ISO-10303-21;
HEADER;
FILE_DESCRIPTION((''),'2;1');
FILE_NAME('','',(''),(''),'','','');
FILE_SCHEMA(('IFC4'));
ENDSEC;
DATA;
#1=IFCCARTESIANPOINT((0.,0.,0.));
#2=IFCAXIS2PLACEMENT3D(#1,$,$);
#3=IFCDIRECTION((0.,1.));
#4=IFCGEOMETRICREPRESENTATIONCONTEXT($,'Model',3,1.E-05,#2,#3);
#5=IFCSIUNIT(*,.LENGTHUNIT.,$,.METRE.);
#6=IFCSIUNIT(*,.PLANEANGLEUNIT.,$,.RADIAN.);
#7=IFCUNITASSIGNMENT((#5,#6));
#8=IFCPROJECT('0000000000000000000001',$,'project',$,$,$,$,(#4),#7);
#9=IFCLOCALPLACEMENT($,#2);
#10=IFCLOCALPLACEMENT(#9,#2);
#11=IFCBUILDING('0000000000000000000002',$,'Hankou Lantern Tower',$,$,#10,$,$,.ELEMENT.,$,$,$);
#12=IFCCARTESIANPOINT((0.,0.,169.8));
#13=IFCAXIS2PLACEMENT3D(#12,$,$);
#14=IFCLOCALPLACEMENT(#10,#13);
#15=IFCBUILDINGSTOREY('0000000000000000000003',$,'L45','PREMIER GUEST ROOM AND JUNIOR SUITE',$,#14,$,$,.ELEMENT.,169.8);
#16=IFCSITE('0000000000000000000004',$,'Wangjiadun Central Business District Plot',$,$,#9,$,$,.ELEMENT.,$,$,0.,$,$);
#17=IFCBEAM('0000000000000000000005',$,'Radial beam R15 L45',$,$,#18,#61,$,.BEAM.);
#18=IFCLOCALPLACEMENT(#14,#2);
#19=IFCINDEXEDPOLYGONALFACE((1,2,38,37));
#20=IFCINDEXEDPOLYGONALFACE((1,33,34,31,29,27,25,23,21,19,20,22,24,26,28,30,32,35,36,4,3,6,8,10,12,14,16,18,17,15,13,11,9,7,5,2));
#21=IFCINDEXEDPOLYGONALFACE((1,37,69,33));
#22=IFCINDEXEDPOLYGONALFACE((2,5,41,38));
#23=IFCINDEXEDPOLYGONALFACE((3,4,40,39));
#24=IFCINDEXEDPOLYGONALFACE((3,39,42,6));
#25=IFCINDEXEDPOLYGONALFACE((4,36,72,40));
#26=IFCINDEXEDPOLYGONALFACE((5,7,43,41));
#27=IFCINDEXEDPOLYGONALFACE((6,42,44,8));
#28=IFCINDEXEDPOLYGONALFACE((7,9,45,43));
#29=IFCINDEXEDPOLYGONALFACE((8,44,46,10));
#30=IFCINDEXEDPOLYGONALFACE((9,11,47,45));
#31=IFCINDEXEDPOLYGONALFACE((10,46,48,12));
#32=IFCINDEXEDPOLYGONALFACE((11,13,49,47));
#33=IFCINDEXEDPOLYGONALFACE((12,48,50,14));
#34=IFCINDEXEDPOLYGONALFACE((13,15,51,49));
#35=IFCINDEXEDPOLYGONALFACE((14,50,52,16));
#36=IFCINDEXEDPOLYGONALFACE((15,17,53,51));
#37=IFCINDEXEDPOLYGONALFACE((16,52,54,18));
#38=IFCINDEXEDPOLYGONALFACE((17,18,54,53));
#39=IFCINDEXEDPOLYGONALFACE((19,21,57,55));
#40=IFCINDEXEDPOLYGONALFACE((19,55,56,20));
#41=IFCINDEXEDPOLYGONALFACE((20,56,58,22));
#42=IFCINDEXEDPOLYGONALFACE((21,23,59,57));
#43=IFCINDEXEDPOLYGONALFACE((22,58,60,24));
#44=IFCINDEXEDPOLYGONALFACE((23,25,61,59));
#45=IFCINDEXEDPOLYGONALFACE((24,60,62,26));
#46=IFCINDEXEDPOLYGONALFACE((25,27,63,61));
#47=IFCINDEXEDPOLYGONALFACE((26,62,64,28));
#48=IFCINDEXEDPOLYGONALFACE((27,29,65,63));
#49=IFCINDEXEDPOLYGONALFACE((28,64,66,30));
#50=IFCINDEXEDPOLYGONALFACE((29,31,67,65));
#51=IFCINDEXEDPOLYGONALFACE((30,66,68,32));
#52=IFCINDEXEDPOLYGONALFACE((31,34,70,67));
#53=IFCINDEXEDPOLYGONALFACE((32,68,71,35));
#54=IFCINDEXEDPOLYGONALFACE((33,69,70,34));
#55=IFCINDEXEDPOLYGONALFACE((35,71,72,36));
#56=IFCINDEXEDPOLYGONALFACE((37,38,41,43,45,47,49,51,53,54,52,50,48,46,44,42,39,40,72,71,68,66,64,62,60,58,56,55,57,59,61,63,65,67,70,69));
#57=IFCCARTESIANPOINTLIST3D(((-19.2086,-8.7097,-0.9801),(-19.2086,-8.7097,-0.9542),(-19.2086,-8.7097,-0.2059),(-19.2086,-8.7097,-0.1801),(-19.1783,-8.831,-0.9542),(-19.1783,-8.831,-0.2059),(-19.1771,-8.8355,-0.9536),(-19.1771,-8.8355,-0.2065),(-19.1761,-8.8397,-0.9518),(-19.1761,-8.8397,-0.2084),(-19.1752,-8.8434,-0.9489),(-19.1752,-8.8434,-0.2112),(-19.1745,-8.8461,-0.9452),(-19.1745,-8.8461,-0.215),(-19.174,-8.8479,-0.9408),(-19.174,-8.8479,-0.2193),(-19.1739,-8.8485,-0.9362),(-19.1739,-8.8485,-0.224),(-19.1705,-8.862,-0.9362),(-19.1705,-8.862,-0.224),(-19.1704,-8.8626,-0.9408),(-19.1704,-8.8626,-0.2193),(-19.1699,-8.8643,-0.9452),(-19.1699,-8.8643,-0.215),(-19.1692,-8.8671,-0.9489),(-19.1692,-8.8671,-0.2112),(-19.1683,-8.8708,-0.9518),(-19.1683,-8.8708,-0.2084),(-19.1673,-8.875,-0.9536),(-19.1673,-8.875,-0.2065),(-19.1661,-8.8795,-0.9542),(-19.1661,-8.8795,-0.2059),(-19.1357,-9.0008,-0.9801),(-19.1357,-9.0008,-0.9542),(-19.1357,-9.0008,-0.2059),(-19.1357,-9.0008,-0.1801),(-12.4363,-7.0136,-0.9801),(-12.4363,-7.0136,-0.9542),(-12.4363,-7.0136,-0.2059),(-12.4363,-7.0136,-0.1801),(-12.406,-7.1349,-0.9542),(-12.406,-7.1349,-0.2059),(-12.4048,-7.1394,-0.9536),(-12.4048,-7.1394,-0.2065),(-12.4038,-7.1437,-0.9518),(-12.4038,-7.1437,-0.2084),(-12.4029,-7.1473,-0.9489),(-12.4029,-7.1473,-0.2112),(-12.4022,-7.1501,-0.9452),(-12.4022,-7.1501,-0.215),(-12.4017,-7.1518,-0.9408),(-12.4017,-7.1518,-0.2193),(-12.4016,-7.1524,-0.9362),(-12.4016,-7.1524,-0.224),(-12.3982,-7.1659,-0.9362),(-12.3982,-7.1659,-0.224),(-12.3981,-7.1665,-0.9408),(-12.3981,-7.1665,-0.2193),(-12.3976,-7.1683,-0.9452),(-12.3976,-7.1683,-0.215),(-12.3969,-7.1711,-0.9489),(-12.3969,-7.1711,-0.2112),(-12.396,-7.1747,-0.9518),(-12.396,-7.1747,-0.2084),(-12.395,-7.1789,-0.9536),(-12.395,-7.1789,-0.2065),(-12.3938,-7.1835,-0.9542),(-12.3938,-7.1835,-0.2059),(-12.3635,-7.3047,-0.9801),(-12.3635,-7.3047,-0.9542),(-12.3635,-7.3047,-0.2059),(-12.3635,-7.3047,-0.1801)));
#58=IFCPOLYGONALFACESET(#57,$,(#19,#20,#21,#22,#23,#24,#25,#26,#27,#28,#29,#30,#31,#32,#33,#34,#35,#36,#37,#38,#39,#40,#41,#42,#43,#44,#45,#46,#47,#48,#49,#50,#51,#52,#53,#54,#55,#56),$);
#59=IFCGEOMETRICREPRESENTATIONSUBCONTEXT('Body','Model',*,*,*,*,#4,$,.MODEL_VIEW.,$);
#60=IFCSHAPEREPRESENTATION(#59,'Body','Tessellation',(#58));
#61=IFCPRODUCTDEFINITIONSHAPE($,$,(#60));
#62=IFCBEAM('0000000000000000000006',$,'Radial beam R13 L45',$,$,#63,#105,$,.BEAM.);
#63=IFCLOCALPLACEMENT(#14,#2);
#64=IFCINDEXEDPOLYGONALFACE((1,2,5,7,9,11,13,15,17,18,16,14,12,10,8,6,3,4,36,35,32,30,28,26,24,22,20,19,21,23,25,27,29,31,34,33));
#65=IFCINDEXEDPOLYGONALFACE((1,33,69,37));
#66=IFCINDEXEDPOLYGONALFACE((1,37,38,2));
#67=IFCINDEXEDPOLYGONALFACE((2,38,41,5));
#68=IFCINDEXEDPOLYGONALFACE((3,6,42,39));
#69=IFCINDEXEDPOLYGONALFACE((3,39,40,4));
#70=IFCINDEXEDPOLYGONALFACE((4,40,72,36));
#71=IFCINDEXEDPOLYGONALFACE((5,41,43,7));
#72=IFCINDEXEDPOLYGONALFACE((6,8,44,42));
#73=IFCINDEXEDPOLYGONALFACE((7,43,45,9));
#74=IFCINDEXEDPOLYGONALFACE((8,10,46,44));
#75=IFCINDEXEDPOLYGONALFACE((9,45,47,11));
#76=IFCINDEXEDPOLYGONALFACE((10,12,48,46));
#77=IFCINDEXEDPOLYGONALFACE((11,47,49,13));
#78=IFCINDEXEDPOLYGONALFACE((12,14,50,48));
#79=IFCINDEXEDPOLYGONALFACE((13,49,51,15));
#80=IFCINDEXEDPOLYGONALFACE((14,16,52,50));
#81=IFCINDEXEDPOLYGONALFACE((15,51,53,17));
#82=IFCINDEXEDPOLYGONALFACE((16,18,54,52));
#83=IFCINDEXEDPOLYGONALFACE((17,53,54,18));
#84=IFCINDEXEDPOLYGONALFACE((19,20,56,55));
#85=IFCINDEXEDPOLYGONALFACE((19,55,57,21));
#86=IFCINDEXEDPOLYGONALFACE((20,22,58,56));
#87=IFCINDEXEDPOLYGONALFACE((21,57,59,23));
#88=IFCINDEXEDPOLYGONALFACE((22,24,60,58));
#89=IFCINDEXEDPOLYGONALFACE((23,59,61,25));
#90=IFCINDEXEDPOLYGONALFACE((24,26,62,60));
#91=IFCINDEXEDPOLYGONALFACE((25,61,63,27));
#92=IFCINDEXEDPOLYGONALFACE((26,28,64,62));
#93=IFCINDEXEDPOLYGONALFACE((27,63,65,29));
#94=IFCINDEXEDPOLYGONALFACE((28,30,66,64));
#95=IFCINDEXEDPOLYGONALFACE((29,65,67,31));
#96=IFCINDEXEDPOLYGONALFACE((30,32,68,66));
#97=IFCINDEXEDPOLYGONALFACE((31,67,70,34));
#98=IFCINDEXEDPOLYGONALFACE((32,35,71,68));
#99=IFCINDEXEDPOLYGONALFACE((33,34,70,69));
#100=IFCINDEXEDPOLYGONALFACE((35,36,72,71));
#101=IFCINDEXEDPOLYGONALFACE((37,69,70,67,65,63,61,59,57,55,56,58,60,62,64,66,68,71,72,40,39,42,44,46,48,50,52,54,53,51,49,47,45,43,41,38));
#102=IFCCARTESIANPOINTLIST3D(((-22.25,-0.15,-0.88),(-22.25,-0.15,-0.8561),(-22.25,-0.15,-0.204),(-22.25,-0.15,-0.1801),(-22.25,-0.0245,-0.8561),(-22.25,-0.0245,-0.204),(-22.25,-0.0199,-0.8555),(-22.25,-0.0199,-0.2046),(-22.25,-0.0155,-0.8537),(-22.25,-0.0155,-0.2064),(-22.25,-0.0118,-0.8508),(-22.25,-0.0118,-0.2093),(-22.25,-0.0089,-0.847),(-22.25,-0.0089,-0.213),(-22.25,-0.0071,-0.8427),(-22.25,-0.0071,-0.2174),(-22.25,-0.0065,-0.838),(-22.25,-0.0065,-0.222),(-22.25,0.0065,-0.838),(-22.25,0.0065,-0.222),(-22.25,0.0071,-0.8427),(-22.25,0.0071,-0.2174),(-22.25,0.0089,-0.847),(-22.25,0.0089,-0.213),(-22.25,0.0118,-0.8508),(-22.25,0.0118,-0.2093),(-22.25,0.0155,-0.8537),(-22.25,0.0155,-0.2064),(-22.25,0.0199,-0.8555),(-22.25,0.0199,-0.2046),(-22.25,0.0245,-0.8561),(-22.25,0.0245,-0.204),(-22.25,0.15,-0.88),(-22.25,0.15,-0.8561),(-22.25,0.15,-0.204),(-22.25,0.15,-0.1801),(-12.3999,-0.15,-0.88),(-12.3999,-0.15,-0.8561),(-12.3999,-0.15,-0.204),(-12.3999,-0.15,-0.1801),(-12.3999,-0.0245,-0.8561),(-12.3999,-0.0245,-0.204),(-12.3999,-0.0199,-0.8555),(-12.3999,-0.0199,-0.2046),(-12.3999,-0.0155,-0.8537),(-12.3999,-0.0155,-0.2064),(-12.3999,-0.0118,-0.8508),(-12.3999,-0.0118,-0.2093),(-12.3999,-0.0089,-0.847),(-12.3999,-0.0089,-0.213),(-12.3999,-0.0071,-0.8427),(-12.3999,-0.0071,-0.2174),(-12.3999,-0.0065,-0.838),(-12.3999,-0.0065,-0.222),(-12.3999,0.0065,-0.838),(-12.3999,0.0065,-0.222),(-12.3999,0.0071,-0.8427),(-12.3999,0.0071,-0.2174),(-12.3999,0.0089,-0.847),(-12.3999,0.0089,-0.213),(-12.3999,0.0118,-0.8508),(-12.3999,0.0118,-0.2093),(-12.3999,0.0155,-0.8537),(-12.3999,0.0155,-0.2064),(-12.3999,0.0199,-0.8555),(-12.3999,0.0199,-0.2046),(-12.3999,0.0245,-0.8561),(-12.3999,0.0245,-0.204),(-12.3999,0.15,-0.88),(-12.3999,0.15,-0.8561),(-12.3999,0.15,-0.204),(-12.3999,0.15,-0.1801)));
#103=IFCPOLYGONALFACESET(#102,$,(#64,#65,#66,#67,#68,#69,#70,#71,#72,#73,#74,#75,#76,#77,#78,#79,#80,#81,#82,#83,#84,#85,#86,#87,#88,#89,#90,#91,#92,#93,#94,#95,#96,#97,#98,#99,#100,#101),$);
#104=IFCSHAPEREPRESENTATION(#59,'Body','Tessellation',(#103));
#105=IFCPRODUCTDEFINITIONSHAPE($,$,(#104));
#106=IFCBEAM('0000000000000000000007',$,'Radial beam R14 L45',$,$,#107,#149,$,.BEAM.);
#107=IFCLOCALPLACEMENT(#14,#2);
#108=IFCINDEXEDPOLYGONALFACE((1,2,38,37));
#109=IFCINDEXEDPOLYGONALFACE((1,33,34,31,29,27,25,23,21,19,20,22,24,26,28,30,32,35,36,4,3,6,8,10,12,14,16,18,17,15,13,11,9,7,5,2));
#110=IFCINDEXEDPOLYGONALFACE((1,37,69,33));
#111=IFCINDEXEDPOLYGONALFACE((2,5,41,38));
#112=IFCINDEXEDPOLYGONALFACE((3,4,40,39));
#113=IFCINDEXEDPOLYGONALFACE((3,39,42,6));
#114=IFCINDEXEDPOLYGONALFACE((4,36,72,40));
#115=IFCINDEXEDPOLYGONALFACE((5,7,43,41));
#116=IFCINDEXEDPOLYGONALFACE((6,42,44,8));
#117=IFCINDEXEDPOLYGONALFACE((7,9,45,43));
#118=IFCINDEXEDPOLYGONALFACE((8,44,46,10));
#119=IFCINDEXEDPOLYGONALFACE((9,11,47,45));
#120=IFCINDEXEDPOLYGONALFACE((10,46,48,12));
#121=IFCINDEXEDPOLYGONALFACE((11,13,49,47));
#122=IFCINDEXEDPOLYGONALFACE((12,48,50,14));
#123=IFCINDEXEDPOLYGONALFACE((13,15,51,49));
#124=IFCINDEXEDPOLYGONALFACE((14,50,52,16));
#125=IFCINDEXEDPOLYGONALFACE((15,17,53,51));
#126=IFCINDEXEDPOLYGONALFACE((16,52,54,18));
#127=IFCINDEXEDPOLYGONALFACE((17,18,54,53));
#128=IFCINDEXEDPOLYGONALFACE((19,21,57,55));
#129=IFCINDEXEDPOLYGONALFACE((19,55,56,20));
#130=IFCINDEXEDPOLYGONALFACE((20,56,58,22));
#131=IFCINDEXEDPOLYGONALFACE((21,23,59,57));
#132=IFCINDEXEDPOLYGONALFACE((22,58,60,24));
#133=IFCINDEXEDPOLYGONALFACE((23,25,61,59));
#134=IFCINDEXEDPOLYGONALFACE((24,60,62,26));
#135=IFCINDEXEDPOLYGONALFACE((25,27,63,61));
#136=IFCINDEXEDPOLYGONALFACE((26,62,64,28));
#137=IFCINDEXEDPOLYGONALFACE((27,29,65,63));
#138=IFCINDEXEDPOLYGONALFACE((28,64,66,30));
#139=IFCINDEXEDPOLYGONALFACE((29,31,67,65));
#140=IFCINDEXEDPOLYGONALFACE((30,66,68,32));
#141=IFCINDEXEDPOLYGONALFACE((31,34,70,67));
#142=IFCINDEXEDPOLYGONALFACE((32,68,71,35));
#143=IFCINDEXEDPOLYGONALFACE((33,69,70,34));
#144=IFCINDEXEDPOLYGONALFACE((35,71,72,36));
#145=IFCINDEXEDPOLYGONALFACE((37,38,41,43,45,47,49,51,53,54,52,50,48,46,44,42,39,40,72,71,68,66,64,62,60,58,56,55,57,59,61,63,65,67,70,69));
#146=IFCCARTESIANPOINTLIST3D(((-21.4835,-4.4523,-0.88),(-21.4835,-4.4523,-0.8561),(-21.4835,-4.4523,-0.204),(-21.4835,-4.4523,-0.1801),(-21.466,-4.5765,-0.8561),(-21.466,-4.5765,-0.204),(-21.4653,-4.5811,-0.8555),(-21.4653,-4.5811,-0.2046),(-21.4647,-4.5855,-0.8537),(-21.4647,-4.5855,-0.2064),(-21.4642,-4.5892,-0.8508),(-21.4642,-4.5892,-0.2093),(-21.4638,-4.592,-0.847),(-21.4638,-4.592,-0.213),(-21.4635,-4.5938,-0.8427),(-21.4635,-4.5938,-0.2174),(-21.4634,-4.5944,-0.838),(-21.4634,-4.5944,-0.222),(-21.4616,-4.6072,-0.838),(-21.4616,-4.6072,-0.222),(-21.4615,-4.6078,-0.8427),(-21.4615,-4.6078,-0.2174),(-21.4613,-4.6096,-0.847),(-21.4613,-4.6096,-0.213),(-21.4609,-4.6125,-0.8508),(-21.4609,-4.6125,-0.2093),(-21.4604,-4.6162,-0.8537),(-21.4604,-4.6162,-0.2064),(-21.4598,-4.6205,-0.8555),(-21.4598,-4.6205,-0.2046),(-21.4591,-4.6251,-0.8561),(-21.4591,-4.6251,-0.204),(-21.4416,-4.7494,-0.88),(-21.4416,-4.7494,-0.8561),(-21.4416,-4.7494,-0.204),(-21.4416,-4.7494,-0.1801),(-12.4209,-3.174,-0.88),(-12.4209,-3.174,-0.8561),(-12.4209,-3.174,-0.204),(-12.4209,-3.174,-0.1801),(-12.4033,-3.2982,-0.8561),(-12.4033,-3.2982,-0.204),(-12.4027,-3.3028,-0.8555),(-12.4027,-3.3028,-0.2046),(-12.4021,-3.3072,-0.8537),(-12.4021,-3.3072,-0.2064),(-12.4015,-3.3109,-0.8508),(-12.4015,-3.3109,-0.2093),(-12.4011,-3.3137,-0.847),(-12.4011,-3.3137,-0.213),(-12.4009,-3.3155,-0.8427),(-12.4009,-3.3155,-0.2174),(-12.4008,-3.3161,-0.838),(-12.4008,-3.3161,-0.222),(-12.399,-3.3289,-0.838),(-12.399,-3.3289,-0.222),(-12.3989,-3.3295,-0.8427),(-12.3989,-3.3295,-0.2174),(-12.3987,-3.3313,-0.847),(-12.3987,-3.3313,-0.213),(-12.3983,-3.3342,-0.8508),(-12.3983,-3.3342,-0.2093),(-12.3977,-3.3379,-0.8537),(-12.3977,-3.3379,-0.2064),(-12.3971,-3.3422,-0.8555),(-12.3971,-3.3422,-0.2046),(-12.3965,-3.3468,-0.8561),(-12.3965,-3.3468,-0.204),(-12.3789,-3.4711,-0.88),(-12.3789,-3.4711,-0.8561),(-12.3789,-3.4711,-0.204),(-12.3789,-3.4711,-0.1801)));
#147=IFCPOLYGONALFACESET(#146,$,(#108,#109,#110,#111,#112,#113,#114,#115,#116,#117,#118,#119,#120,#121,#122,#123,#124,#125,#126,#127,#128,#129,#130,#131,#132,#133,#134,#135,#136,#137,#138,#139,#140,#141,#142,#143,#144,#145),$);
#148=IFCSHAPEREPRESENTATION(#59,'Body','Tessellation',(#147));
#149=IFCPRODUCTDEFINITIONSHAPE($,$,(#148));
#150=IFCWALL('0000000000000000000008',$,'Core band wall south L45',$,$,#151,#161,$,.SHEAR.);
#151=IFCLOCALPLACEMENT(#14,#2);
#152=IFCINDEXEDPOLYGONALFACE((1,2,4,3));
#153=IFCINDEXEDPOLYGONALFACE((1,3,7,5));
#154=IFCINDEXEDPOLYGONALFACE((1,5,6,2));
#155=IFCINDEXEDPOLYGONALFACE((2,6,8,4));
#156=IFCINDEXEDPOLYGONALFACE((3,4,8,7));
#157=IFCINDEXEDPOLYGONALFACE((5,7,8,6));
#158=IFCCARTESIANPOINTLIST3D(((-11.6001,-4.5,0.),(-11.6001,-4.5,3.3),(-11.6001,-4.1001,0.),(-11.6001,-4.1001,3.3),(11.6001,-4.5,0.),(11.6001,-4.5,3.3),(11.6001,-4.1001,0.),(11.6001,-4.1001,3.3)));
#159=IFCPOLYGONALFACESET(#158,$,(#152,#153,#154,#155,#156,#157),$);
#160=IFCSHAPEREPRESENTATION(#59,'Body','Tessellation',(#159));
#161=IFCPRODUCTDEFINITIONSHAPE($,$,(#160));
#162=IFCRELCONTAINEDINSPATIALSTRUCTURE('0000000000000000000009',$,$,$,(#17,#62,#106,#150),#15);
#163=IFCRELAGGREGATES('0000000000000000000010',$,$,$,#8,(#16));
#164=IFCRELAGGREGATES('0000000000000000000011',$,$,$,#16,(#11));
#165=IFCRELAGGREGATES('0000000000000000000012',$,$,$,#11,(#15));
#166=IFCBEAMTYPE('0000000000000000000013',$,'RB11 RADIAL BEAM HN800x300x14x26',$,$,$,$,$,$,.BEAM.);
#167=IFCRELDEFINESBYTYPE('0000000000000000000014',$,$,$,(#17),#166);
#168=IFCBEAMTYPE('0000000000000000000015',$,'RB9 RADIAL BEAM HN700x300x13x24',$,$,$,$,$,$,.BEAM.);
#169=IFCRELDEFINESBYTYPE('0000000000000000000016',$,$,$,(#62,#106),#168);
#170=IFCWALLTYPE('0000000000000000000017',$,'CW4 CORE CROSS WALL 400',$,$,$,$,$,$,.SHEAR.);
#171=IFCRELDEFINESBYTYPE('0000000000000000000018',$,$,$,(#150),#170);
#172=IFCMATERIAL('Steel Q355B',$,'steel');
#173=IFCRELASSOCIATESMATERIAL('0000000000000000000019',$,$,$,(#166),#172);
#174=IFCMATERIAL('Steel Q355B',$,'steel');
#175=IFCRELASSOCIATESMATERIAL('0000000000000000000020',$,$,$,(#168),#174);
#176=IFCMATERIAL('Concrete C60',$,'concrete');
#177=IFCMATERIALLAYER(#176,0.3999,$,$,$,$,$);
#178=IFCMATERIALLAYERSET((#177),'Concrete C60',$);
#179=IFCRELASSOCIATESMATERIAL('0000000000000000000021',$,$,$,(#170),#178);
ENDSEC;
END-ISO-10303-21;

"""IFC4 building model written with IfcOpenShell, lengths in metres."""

from ifc_helpers import new_model, si_unit, direction, frame, frame_2d, origin, origin_2d, place, context, subcontext, project, spatial, rectangle, i_section, extrude, material, layer, layer_set, material_profile, profile_set, type_object, element, save


model = new_model("IFC4")

# Units and contexts
model_context = context("Model", 3, precision=1e-05, world=origin(), true_north=direction((0.0, 1.0)))
body_context = subcontext(model_context, "Body", "Model", "MODEL_VIEW")
ifc_project = project(units=[si_unit("LENGTHUNIT", "METRE"), si_unit("PLANEANGLEUNIT", "RADIAN")], contexts=[model_context])

# Site, building, storey
site_placement = place(None, origin())
site = spatial("IfcSite", under=ifc_project, at=site_placement, Name="Wangjiadun Central Business District Plot", CompositionType="ELEMENT", RefElevation=0.0)
building_placement = place(site_placement, origin())
building = spatial("IfcBuilding", under=site, at=building_placement, Name="Hankou Lantern Tower", CompositionType="ELEMENT")
storey_placement = place(building_placement, frame((0.0, 0.0, 169.8)))
storey = spatial("IfcBuildingStorey", under=building, at=storey_placement, Name="L45", Description="PREMIER GUEST ROOM AND JUNIOR SUITE", CompositionType="ELEMENT", Elevation=169.8)

# Beams
ifc_material_1 = material(Name="Steel Q355B", Category="steel")
ifc_material_profile_1 = material_profile(ifc_material_1, i_section(OverallWidth=0.3, OverallDepth=0.8, WebThickness=0.0139, FlangeThickness=0.0259, FilletRadius=0.0181, at=origin_2d()), Name="HN800x300x14x26")
ifc_profile_set_1 = profile_set([ifc_material_profile_1], Name="Steel Q355B")
beam_type_1 = type_object("IfcBeamType", Name="RB11 RADIAL BEAM HN800x300x14x26", PredefinedType="BEAM", material=ifc_profile_set_1)
beam_1_placement = place(storey_placement, frame((-12.3999, -7.1592, -0.5801), z_axis=(-0.970042, -0.242939, 0.0), x_axis=(0.242939, -0.970042, 0.0)))
element("IfcBeam", 1, at=beam_1_placement, inside=storey, type_object=beam_type_1, Name="Radial beam R15 L45", PredefinedType="BEAM", context=body_context, shape_type="SweptSolid", body=[
    extrude(i_section(OverallWidth=0.3, OverallDepth=0.8, WebThickness=0.0139, FlangeThickness=0.0259, FilletRadius=0.0181, at=origin_2d()), origin(), (0.0, 0.0, 1.0), 6.9814),
])
ifc_material_2 = material(Name="Steel Q355B", Category="steel")
ifc_material_profile_2 = material_profile(ifc_material_2, i_section(OverallWidth=0.3, OverallDepth=0.7, WebThickness=0.0129, FlangeThickness=0.0239, FilletRadius=0.0181, at=origin_2d()), Name="HN700x300x13x24")
ifc_profile_set_2 = profile_set([ifc_material_profile_2], Name="Steel Q355B")
beam_type_2 = type_object("IfcBeamType", Name="RB9 RADIAL BEAM HN700x300x13x24", PredefinedType="BEAM", material=ifc_profile_set_2)
beam_2_placement = place(storey_placement, frame((-12.3999, 0.0, -0.53), z_axis=(-1.0, 0.0, 0.0), x_axis=(0.0, -1.0, 0.0)))
element("IfcBeam", 2, at=beam_2_placement, inside=storey, type_object=beam_type_2, Name="Radial beam R13 L45", PredefinedType="BEAM", context=body_context, shape_type="SweptSolid", body=[
    extrude(i_section(OverallWidth=0.3, OverallDepth=0.7, WebThickness=0.0129, FlangeThickness=0.0239, FilletRadius=0.0181, at=origin_2d()), origin(), (0.0, 0.0, 1.0), 9.8501),
])
beam_3_placement = place(storey_placement, frame((-12.3999, -3.3225, -0.53), z_axis=(-0.990198, -0.13967, 0.0), x_axis=(0.13967, -0.990198, 0.0)))
element("IfcBeam", 3, at=beam_3_placement, inside=storey, type_object=beam_type_2, Name="Radial beam R14 L45", PredefinedType="BEAM", context=body_context, shape_type="SweptSolid", body=[
    extrude(i_section(OverallWidth=0.3, OverallDepth=0.7, WebThickness=0.0129, FlangeThickness=0.0239, FilletRadius=0.0181, at=origin_2d()), origin(), (0.0, 0.0, 1.0), 9.1523),
])

# Wall
ifc_material_3 = material(Name="Concrete C60", Category="concrete")
ifc_layer_1 = layer(ifc_material_3, 0.3999)
ifc_layer_set_1 = layer_set([ifc_layer_1], Name="Concrete C60")
wall_type_1 = type_object("IfcWallType", Name="CW4 CORE CROSS WALL 400", PredefinedType="SHEAR", material=ifc_layer_set_1)
wall_1_placement = place(storey_placement, frame((-11.6001, -4.3, 0.0), z_axis=(0.0, 0.0, 1.0), x_axis=(1.0, 0.0, 0.0)))
element("IfcWall", 4, at=wall_1_placement, inside=storey, type_object=wall_type_1, Name="Core band wall south L45", PredefinedType="SHEAR", context=body_context, shape_type="SweptSolid", body=[
    extrude(rectangle(XDim=23.2002, YDim=0.3999, at=frame_2d((11.6001, 0.0))), origin(), (0.0, 0.0, 1.0), 3.3),
])

save(model, "model.ifc")
